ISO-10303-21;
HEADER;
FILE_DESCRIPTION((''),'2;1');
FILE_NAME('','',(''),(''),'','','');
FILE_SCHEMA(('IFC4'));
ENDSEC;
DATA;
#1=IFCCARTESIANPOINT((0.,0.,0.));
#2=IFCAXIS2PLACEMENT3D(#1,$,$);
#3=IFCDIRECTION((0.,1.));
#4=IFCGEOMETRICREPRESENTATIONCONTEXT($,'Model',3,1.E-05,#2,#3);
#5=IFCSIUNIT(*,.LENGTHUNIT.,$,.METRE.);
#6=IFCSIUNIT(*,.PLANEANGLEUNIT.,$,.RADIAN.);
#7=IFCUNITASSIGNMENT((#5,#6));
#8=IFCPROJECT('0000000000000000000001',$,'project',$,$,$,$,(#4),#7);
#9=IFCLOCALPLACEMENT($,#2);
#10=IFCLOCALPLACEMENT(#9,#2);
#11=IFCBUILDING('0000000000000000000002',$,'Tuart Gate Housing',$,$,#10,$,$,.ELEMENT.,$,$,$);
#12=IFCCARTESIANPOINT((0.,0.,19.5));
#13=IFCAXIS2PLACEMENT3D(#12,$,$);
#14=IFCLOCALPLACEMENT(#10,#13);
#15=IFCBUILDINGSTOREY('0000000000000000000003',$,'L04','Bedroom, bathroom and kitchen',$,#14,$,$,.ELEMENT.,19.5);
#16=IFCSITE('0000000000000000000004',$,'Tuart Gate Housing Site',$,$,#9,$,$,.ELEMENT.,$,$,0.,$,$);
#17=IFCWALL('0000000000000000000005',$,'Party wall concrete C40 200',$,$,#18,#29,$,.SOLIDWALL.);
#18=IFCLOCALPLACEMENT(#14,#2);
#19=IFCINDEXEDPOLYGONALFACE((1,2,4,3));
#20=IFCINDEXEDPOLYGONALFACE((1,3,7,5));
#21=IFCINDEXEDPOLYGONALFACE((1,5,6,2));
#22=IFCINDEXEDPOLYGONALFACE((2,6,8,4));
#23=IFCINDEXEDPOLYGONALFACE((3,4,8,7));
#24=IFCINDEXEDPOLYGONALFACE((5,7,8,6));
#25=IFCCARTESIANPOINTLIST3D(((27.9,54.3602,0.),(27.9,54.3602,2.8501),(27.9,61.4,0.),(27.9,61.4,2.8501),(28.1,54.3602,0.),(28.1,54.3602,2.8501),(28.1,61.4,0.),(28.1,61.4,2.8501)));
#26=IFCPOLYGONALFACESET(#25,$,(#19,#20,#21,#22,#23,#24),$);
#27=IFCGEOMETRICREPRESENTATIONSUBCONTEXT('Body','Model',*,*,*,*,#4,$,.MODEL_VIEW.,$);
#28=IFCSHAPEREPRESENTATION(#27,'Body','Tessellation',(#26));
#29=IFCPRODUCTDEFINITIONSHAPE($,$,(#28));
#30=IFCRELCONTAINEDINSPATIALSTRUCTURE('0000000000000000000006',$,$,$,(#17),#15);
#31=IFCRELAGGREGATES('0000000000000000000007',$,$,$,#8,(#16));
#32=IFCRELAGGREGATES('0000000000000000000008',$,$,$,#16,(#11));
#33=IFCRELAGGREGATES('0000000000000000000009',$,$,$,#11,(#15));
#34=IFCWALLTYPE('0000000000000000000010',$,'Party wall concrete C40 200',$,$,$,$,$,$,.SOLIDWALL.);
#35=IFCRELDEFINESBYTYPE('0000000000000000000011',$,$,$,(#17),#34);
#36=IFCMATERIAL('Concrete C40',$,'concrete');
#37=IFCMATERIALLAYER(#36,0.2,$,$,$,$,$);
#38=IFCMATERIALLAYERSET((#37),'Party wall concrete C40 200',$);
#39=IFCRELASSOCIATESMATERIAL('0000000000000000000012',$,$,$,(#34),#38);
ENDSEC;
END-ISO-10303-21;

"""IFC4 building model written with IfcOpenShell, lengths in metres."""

from ifc_helpers import new_model, si_unit, direction, frame, frame_2d, origin, place, context, subcontext, project, spatial, rectangle, extrude, material, layer, layer_set, type_object, element, save


model = new_model("IFC4")

# Units and contexts
model_context = context("Model", 3, precision=1e-05, world=origin(), true_north=direction((0.0, 1.0)))
body_context = subcontext(model_context, "Body", "Model", "MODEL_VIEW")
ifc_project = project(units=[si_unit("LENGTHUNIT", "METRE"), si_unit("PLANEANGLEUNIT", "RADIAN")], contexts=[model_context])

# Site, building, storey
site_placement = place(None, origin())
site = spatial("IfcSite", under=ifc_project, at=site_placement, Name="Tuart Gate Housing Site", CompositionType="ELEMENT", RefElevation=0.0)
building_placement = place(site_placement, origin())
building = spatial("IfcBuilding", under=site, at=building_placement, Name="Tuart Gate Housing", CompositionType="ELEMENT")
storey_placement = place(building_placement, frame((0.0, 0.0, 19.5)))
storey = spatial("IfcBuildingStorey", under=building, at=storey_placement, Name="L04", Description="Bedroom, bathroom and kitchen", CompositionType="ELEMENT", Elevation=19.5)

# Wall
ifc_material_1 = material(Name="Concrete C40", Category="concrete")
ifc_layer_1 = layer(ifc_material_1, 0.2)
ifc_layer_set_1 = layer_set([ifc_layer_1], Name="Party wall concrete C40 200")
wall_type_1 = type_object("IfcWallType", Name="Party wall concrete C40 200", PredefinedType="SOLIDWALL", material=ifc_layer_set_1)
wall_1_placement = place(storey_placement, frame((28.0, 54.3601, 0.0), z_axis=(0.0, 0.0, 1.0), x_axis=(0.0, 1.0, 0.0)))
element("IfcWall", 1, at=wall_1_placement, inside=storey, type_object=wall_type_1, Name="Party wall concrete C40 200", PredefinedType="SOLIDWALL", context=body_context, shape_type="SweptSolid", body=[
    extrude(rectangle(XDim=7.0398, YDim=0.2, at=frame_2d((3.52, 0.0))), origin(), (0.0, 0.0, 1.0), 2.8501),
])

save(model, "model.ifc")
